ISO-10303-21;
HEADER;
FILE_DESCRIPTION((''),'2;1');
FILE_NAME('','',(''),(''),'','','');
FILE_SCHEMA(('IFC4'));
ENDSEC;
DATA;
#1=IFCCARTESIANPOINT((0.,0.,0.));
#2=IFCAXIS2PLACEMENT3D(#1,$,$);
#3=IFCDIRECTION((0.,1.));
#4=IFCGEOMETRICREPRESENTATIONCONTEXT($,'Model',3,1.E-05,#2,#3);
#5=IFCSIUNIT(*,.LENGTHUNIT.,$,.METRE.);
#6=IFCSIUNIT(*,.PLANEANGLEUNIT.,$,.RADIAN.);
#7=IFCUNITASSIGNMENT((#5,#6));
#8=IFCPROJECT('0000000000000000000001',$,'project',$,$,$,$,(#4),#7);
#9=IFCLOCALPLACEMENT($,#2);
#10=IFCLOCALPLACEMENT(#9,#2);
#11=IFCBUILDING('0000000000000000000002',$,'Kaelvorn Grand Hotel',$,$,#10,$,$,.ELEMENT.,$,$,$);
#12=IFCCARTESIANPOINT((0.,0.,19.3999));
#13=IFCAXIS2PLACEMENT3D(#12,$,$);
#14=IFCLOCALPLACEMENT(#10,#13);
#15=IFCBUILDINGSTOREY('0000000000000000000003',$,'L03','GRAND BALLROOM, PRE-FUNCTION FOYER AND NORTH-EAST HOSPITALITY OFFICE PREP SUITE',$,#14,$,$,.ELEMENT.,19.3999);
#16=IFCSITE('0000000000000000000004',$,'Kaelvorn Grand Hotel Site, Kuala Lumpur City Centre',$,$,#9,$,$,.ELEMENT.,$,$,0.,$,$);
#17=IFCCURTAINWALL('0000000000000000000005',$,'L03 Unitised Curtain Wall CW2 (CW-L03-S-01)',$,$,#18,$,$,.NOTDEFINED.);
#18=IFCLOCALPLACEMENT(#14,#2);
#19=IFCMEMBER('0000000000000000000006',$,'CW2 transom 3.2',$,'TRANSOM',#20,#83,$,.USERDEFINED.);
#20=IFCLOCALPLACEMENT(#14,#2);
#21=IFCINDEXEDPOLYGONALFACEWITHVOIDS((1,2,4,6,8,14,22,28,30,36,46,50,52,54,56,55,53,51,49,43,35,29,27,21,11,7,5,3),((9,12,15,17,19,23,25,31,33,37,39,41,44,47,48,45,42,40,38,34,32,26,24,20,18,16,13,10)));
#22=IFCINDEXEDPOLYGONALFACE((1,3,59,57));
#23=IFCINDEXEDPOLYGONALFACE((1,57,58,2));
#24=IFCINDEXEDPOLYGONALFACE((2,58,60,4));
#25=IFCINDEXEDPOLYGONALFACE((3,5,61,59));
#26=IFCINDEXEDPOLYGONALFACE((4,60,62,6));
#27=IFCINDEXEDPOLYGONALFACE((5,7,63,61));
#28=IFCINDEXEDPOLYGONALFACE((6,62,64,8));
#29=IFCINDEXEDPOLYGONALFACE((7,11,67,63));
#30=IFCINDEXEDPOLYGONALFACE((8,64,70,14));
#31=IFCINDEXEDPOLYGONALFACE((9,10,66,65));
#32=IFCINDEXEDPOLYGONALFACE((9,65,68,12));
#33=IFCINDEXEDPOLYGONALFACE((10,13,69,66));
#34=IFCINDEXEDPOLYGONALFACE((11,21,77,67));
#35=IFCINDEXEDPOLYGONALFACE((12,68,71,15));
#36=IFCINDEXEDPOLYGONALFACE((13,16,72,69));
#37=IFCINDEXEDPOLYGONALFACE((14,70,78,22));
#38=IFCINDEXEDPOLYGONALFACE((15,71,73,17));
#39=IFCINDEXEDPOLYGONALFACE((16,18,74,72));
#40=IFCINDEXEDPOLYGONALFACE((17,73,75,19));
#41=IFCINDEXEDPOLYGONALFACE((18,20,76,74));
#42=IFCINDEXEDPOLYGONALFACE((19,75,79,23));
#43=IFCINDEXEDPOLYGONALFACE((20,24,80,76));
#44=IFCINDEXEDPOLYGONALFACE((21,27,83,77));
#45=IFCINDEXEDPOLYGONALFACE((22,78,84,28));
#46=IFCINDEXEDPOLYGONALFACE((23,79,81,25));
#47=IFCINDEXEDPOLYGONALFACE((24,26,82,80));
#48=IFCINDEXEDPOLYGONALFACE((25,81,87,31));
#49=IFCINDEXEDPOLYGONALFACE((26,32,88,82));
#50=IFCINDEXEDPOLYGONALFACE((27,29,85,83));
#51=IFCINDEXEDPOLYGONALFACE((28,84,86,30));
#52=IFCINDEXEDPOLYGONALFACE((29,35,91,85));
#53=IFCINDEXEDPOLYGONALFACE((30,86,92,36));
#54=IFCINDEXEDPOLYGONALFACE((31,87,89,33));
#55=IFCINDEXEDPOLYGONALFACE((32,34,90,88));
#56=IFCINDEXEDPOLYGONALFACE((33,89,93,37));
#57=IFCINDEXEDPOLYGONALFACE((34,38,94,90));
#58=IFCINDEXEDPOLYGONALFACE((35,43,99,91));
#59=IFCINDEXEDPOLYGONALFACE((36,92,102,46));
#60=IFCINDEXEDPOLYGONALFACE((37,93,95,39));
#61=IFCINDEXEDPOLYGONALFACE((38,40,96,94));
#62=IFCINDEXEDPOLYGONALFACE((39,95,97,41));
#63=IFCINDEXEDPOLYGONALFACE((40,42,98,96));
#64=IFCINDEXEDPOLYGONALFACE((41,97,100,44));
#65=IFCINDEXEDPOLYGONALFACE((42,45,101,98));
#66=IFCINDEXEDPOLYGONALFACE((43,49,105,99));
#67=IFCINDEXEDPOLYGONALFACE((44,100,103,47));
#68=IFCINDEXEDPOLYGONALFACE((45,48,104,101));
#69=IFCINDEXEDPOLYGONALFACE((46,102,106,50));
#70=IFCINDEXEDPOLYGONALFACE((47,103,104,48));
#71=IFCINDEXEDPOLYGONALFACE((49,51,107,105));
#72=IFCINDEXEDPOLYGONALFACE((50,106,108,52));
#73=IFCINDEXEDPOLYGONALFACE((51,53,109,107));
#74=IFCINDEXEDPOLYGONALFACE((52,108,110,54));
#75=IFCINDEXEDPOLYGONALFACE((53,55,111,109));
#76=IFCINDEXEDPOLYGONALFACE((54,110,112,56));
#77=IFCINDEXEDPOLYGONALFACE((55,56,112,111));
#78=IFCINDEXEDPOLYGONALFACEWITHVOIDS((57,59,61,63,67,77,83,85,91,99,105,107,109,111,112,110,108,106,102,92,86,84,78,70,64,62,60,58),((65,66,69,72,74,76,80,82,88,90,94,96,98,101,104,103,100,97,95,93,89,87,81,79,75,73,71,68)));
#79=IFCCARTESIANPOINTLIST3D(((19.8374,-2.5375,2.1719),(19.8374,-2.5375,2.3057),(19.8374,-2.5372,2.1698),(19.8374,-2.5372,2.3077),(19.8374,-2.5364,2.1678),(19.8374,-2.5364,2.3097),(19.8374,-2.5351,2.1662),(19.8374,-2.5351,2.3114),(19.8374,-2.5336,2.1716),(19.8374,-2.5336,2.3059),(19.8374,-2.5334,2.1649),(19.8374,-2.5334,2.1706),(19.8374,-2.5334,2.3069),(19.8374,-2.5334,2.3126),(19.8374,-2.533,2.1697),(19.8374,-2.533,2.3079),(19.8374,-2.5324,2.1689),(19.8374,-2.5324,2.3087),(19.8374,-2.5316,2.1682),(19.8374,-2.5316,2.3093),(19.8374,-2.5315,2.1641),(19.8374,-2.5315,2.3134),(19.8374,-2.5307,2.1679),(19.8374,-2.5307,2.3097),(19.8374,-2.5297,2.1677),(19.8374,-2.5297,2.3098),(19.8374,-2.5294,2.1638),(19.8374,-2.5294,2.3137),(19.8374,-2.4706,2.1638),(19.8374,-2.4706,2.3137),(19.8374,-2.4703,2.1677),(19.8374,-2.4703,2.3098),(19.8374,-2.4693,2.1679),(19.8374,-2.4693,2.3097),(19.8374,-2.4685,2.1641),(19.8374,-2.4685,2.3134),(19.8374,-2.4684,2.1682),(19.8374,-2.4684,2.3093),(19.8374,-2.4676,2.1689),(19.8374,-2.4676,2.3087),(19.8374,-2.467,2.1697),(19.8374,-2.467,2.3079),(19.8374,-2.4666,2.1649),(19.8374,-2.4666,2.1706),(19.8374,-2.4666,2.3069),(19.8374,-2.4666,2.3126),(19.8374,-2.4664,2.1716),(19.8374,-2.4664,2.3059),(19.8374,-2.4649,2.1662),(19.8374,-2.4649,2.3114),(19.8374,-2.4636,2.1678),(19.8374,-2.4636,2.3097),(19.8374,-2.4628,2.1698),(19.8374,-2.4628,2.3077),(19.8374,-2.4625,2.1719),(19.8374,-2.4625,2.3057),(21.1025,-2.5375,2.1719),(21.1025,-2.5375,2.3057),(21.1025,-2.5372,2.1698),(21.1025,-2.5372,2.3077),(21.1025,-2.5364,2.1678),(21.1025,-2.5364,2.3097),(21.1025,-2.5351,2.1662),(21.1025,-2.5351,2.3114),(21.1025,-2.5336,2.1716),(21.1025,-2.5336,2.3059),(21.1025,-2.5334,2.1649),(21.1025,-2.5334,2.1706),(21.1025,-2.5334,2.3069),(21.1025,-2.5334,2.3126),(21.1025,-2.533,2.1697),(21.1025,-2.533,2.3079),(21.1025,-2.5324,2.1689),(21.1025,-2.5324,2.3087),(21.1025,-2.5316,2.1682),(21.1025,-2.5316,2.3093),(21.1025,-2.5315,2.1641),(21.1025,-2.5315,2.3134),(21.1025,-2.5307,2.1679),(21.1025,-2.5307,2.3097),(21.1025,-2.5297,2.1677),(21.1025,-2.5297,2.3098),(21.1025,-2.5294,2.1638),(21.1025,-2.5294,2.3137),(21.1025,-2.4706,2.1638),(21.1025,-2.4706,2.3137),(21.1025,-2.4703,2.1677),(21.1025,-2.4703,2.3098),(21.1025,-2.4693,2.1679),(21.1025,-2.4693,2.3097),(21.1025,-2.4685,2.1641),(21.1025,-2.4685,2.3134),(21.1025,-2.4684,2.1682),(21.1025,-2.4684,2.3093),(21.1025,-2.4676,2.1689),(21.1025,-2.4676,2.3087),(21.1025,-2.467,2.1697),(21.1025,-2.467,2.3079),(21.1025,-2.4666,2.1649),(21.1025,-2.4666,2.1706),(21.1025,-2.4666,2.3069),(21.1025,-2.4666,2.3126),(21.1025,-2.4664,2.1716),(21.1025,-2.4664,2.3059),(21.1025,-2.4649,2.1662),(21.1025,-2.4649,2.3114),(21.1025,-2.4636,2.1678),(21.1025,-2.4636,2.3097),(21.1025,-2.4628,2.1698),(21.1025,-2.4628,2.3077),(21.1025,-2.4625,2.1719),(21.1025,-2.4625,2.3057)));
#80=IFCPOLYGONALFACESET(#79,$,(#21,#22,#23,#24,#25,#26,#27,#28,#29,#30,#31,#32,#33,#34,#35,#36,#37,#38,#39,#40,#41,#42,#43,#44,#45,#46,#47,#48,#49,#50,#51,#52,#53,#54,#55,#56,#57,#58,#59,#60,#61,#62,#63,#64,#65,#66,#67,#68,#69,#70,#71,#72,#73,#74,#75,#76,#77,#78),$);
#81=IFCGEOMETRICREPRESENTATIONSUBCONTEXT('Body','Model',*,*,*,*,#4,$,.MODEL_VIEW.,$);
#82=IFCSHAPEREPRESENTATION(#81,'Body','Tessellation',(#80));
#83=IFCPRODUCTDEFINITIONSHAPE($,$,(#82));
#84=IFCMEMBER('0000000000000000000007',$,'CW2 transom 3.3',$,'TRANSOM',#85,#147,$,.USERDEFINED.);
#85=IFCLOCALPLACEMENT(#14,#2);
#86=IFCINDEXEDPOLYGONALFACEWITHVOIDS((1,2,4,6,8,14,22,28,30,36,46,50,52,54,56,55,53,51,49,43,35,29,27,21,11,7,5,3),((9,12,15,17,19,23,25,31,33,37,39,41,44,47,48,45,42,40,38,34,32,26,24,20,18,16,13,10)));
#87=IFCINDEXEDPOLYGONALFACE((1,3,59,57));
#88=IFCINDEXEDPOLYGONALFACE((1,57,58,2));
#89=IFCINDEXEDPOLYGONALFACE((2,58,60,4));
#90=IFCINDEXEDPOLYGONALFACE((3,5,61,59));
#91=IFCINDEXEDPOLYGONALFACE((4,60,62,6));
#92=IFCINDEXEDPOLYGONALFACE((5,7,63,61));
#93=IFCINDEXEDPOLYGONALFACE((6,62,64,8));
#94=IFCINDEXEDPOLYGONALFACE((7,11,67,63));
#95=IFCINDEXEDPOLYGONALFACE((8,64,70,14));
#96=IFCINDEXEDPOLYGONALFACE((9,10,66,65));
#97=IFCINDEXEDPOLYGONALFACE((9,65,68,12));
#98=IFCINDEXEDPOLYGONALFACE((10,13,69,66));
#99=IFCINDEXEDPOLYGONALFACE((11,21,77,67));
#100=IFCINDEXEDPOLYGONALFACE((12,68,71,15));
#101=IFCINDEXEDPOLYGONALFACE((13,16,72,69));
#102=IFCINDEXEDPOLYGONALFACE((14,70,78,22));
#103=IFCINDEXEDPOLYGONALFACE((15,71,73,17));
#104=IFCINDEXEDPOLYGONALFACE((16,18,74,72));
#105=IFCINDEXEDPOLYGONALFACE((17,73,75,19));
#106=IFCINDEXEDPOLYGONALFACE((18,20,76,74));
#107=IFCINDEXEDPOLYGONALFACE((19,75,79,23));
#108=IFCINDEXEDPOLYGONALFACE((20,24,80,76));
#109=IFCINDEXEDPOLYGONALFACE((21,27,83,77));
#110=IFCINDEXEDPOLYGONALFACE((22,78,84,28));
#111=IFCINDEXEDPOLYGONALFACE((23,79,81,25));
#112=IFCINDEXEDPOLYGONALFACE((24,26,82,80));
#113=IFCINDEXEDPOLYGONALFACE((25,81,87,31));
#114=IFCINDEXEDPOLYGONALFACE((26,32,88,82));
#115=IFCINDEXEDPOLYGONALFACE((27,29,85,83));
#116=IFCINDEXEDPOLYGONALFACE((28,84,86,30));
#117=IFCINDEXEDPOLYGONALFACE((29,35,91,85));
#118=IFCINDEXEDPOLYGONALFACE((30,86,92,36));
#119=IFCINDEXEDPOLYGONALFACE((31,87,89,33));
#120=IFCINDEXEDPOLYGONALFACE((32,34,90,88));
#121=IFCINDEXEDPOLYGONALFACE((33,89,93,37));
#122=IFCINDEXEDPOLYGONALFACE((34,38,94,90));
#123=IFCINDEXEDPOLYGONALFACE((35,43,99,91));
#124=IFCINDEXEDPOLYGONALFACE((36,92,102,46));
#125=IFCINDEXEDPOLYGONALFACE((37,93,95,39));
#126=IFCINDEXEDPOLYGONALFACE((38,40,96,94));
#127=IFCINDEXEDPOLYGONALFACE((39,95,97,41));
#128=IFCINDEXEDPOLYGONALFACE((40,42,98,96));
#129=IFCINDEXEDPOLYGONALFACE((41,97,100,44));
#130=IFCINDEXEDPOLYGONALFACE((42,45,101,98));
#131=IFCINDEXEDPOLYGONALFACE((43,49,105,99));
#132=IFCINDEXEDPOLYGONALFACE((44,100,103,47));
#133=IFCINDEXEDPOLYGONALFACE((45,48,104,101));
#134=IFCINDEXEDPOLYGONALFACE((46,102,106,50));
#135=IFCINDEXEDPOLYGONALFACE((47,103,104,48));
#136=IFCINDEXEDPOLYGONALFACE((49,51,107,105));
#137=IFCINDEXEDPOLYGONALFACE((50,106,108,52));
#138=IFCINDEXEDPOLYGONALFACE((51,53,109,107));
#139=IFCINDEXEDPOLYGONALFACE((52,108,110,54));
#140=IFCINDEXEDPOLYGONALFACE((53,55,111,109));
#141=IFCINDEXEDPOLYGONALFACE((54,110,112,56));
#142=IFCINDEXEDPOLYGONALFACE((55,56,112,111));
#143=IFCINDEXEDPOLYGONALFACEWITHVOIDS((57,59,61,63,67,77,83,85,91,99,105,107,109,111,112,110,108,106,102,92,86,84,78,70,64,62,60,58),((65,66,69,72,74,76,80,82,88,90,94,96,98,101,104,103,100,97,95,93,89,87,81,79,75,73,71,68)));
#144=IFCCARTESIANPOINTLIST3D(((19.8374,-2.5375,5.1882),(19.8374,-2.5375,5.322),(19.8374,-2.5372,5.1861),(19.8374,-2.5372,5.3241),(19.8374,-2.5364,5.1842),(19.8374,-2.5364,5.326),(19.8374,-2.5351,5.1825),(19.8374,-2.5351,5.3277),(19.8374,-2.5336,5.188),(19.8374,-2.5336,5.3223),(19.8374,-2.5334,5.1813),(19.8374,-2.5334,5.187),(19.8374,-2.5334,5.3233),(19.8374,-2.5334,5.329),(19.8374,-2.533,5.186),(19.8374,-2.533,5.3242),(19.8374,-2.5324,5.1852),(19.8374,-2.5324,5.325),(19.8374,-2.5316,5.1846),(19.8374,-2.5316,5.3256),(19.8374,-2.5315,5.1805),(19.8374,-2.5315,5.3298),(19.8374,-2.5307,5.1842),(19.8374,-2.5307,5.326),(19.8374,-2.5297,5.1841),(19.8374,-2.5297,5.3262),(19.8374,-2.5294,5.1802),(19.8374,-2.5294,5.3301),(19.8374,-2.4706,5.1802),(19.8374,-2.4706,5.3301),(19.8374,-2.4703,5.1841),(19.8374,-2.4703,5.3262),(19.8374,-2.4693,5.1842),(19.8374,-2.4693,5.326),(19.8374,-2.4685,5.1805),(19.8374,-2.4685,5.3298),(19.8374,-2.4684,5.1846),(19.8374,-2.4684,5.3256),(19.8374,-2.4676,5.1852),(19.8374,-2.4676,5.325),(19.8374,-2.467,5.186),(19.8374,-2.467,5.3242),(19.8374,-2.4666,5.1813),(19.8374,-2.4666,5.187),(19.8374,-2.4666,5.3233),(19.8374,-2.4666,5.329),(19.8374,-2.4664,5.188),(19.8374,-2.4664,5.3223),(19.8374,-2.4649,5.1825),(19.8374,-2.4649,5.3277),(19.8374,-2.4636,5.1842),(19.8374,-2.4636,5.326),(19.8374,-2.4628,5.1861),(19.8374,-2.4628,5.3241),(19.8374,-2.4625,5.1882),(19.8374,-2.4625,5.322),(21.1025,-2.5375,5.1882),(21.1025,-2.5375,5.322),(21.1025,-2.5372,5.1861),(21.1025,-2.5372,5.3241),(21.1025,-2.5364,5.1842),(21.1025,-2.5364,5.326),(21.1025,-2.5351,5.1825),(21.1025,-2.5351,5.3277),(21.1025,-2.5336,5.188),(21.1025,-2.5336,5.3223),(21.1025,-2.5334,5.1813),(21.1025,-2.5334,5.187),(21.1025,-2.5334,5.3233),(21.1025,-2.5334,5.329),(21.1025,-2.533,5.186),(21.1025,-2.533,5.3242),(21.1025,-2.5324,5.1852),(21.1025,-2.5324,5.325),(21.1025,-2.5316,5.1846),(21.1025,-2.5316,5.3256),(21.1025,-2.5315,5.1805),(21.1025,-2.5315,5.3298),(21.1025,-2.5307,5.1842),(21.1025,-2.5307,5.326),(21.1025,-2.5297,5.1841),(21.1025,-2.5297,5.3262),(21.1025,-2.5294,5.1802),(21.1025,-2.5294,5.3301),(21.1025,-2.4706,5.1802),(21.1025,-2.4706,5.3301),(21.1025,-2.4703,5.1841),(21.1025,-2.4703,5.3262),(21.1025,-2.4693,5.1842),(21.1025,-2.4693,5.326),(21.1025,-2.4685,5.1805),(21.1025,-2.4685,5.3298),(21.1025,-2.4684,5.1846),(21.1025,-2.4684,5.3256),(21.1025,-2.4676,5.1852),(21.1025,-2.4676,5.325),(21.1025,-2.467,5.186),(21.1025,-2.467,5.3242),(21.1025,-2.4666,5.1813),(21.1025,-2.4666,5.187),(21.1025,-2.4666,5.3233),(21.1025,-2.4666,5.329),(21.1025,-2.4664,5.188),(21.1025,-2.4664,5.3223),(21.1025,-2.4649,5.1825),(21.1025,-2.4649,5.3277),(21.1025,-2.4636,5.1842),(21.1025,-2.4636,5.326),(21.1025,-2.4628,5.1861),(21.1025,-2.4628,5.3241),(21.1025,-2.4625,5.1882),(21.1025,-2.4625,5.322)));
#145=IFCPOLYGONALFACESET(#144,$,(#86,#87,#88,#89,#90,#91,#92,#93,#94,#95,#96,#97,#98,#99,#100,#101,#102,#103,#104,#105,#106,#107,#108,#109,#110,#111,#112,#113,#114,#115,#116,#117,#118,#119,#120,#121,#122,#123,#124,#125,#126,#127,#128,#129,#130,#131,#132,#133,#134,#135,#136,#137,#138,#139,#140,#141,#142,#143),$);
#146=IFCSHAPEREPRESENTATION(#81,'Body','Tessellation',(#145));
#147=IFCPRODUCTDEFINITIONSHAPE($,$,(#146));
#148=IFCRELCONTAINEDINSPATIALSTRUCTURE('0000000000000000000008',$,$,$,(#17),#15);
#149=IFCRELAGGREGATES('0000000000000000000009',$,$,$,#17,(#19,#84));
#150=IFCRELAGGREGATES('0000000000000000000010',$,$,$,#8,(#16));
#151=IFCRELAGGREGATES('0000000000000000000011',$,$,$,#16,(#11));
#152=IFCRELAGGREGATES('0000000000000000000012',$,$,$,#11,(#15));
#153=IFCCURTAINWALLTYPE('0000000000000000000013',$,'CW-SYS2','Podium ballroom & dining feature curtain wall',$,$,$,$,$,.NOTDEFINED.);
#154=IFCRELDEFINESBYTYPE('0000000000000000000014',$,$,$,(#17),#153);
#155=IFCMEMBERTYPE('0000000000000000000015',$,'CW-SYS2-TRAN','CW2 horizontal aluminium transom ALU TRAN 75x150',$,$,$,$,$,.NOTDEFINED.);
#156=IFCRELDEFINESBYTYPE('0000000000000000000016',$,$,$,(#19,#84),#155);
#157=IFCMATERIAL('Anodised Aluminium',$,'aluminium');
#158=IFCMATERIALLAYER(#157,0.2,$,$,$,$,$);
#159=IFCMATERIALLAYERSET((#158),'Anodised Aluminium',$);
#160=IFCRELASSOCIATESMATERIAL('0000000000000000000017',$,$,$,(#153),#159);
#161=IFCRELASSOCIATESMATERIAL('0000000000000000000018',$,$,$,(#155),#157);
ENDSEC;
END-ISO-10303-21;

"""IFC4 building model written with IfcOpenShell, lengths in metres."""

from ifc_helpers import new_model, si_unit, direction, frame, origin, origin_2d, place, context, subcontext, project, spatial, hollow_rectangle, extrude, material, layer, layer_set, material_profile, profile_set, type_object, element, aggregate, save


model = new_model("IFC4")

# Units and contexts
model_context = context("Model", 3, precision=1e-05, world=origin(), true_north=direction((0.0, 1.0)))
body_context = subcontext(model_context, "Body", "Model", "MODEL_VIEW")
ifc_project = project(units=[si_unit("LENGTHUNIT", "METRE"), si_unit("PLANEANGLEUNIT", "RADIAN")], contexts=[model_context])

# Site, building, storey
site_placement = place(None, origin())
site = spatial("IfcSite", under=ifc_project, at=site_placement, Name="Kaelvorn Grand Hotel Site, Kuala Lumpur City Centre", CompositionType="ELEMENT", RefElevation=0.0)
building_placement = place(site_placement, origin())
building = spatial("IfcBuilding", under=site, at=building_placement, Name="Kaelvorn Grand Hotel", CompositionType="ELEMENT")
storey_placement = place(building_placement, frame((0.0, 0.0, 19.3999)))
storey = spatial("IfcBuildingStorey", under=building, at=storey_placement, Name="L03", Description="GRAND BALLROOM, PRE-FUNCTION FOYER AND NORTH-EAST HOSPITALITY OFFICE PREP SUITE", CompositionType="ELEMENT", Elevation=19.3999)

# Curtain wall, members
ifc_material_1 = material(Name="Anodised Aluminium", Category="aluminium")
ifc_layer_1 = layer(ifc_material_1, 0.2)
ifc_layer_set_1 = layer_set([ifc_layer_1], Name="Anodised Aluminium")
curtain_wall_type = type_object("IfcCurtainWallType", Name="CW-SYS2", Description="Podium ballroom & dining feature curtain wall", PredefinedType="NOTDEFINED", material=ifc_layer_set_1)
curtain_wall_placement = place(storey_placement, origin())
curtain_wall = element("IfcCurtainWall", 1, at=curtain_wall_placement, inside=storey, type_object=curtain_wall_type, Name="L03 Unitised Curtain Wall CW2 (CW-L03-S-01)", PredefinedType="NOTDEFINED")
ifc_material_profile_1 = material_profile(ifc_material_1, hollow_rectangle(XDim=0.075, YDim=0.1499, WallThickness=0.0039, InnerFilletRadius=0.0039, OuterFilletRadius=0.0081, at=origin_2d()), Name="ALU TRAN 75x150")
ifc_profile_set_1 = profile_set([ifc_material_profile_1], Name="Anodised Aluminium")
member_type_1 = type_object("IfcMemberType", Name="CW-SYS2-TRAN", Description="CW2 horizontal aluminium transom ALU TRAN 75x150", PredefinedType="NOTDEFINED", material=ifc_profile_set_1)
member_1_placement = place(storey_placement, frame((19.8374, -2.5, 2.2388), z_axis=(1.0, 0.0, 0.0), x_axis=(0.0, 1.0, 0.0)))
member_1 = element("IfcMember", 2, at=member_1_placement, type_object=member_type_1, Name="CW2 transom 3.2", ObjectType="TRANSOM", PredefinedType="USERDEFINED", context=body_context, shape_type="SweptSolid", body=[
    extrude(hollow_rectangle(XDim=0.075, YDim=0.1499, WallThickness=0.0039, InnerFilletRadius=0.0039, OuterFilletRadius=0.0081, at=origin_2d()), origin(), (0.0, 0.0, 1.0), 1.2651),
])
member_2_placement = place(storey_placement, frame((19.8374, -2.5, 5.2551), z_axis=(1.0, 0.0, 0.0), x_axis=(0.0, 1.0, 0.0)))
member_2 = element("IfcMember", 3, at=member_2_placement, type_object=member_type_1, Name="CW2 transom 3.3", ObjectType="TRANSOM", PredefinedType="USERDEFINED", context=body_context, shape_type="SweptSolid", body=[
    extrude(hollow_rectangle(XDim=0.075, YDim=0.1499, WallThickness=0.0039, InnerFilletRadius=0.0039, OuterFilletRadius=0.0081, at=origin_2d()), origin(), (0.0, 0.0, 1.0), 1.2651),
])
aggregate(curtain_wall, [member_1, member_2])

save(model, "model.ifc")
